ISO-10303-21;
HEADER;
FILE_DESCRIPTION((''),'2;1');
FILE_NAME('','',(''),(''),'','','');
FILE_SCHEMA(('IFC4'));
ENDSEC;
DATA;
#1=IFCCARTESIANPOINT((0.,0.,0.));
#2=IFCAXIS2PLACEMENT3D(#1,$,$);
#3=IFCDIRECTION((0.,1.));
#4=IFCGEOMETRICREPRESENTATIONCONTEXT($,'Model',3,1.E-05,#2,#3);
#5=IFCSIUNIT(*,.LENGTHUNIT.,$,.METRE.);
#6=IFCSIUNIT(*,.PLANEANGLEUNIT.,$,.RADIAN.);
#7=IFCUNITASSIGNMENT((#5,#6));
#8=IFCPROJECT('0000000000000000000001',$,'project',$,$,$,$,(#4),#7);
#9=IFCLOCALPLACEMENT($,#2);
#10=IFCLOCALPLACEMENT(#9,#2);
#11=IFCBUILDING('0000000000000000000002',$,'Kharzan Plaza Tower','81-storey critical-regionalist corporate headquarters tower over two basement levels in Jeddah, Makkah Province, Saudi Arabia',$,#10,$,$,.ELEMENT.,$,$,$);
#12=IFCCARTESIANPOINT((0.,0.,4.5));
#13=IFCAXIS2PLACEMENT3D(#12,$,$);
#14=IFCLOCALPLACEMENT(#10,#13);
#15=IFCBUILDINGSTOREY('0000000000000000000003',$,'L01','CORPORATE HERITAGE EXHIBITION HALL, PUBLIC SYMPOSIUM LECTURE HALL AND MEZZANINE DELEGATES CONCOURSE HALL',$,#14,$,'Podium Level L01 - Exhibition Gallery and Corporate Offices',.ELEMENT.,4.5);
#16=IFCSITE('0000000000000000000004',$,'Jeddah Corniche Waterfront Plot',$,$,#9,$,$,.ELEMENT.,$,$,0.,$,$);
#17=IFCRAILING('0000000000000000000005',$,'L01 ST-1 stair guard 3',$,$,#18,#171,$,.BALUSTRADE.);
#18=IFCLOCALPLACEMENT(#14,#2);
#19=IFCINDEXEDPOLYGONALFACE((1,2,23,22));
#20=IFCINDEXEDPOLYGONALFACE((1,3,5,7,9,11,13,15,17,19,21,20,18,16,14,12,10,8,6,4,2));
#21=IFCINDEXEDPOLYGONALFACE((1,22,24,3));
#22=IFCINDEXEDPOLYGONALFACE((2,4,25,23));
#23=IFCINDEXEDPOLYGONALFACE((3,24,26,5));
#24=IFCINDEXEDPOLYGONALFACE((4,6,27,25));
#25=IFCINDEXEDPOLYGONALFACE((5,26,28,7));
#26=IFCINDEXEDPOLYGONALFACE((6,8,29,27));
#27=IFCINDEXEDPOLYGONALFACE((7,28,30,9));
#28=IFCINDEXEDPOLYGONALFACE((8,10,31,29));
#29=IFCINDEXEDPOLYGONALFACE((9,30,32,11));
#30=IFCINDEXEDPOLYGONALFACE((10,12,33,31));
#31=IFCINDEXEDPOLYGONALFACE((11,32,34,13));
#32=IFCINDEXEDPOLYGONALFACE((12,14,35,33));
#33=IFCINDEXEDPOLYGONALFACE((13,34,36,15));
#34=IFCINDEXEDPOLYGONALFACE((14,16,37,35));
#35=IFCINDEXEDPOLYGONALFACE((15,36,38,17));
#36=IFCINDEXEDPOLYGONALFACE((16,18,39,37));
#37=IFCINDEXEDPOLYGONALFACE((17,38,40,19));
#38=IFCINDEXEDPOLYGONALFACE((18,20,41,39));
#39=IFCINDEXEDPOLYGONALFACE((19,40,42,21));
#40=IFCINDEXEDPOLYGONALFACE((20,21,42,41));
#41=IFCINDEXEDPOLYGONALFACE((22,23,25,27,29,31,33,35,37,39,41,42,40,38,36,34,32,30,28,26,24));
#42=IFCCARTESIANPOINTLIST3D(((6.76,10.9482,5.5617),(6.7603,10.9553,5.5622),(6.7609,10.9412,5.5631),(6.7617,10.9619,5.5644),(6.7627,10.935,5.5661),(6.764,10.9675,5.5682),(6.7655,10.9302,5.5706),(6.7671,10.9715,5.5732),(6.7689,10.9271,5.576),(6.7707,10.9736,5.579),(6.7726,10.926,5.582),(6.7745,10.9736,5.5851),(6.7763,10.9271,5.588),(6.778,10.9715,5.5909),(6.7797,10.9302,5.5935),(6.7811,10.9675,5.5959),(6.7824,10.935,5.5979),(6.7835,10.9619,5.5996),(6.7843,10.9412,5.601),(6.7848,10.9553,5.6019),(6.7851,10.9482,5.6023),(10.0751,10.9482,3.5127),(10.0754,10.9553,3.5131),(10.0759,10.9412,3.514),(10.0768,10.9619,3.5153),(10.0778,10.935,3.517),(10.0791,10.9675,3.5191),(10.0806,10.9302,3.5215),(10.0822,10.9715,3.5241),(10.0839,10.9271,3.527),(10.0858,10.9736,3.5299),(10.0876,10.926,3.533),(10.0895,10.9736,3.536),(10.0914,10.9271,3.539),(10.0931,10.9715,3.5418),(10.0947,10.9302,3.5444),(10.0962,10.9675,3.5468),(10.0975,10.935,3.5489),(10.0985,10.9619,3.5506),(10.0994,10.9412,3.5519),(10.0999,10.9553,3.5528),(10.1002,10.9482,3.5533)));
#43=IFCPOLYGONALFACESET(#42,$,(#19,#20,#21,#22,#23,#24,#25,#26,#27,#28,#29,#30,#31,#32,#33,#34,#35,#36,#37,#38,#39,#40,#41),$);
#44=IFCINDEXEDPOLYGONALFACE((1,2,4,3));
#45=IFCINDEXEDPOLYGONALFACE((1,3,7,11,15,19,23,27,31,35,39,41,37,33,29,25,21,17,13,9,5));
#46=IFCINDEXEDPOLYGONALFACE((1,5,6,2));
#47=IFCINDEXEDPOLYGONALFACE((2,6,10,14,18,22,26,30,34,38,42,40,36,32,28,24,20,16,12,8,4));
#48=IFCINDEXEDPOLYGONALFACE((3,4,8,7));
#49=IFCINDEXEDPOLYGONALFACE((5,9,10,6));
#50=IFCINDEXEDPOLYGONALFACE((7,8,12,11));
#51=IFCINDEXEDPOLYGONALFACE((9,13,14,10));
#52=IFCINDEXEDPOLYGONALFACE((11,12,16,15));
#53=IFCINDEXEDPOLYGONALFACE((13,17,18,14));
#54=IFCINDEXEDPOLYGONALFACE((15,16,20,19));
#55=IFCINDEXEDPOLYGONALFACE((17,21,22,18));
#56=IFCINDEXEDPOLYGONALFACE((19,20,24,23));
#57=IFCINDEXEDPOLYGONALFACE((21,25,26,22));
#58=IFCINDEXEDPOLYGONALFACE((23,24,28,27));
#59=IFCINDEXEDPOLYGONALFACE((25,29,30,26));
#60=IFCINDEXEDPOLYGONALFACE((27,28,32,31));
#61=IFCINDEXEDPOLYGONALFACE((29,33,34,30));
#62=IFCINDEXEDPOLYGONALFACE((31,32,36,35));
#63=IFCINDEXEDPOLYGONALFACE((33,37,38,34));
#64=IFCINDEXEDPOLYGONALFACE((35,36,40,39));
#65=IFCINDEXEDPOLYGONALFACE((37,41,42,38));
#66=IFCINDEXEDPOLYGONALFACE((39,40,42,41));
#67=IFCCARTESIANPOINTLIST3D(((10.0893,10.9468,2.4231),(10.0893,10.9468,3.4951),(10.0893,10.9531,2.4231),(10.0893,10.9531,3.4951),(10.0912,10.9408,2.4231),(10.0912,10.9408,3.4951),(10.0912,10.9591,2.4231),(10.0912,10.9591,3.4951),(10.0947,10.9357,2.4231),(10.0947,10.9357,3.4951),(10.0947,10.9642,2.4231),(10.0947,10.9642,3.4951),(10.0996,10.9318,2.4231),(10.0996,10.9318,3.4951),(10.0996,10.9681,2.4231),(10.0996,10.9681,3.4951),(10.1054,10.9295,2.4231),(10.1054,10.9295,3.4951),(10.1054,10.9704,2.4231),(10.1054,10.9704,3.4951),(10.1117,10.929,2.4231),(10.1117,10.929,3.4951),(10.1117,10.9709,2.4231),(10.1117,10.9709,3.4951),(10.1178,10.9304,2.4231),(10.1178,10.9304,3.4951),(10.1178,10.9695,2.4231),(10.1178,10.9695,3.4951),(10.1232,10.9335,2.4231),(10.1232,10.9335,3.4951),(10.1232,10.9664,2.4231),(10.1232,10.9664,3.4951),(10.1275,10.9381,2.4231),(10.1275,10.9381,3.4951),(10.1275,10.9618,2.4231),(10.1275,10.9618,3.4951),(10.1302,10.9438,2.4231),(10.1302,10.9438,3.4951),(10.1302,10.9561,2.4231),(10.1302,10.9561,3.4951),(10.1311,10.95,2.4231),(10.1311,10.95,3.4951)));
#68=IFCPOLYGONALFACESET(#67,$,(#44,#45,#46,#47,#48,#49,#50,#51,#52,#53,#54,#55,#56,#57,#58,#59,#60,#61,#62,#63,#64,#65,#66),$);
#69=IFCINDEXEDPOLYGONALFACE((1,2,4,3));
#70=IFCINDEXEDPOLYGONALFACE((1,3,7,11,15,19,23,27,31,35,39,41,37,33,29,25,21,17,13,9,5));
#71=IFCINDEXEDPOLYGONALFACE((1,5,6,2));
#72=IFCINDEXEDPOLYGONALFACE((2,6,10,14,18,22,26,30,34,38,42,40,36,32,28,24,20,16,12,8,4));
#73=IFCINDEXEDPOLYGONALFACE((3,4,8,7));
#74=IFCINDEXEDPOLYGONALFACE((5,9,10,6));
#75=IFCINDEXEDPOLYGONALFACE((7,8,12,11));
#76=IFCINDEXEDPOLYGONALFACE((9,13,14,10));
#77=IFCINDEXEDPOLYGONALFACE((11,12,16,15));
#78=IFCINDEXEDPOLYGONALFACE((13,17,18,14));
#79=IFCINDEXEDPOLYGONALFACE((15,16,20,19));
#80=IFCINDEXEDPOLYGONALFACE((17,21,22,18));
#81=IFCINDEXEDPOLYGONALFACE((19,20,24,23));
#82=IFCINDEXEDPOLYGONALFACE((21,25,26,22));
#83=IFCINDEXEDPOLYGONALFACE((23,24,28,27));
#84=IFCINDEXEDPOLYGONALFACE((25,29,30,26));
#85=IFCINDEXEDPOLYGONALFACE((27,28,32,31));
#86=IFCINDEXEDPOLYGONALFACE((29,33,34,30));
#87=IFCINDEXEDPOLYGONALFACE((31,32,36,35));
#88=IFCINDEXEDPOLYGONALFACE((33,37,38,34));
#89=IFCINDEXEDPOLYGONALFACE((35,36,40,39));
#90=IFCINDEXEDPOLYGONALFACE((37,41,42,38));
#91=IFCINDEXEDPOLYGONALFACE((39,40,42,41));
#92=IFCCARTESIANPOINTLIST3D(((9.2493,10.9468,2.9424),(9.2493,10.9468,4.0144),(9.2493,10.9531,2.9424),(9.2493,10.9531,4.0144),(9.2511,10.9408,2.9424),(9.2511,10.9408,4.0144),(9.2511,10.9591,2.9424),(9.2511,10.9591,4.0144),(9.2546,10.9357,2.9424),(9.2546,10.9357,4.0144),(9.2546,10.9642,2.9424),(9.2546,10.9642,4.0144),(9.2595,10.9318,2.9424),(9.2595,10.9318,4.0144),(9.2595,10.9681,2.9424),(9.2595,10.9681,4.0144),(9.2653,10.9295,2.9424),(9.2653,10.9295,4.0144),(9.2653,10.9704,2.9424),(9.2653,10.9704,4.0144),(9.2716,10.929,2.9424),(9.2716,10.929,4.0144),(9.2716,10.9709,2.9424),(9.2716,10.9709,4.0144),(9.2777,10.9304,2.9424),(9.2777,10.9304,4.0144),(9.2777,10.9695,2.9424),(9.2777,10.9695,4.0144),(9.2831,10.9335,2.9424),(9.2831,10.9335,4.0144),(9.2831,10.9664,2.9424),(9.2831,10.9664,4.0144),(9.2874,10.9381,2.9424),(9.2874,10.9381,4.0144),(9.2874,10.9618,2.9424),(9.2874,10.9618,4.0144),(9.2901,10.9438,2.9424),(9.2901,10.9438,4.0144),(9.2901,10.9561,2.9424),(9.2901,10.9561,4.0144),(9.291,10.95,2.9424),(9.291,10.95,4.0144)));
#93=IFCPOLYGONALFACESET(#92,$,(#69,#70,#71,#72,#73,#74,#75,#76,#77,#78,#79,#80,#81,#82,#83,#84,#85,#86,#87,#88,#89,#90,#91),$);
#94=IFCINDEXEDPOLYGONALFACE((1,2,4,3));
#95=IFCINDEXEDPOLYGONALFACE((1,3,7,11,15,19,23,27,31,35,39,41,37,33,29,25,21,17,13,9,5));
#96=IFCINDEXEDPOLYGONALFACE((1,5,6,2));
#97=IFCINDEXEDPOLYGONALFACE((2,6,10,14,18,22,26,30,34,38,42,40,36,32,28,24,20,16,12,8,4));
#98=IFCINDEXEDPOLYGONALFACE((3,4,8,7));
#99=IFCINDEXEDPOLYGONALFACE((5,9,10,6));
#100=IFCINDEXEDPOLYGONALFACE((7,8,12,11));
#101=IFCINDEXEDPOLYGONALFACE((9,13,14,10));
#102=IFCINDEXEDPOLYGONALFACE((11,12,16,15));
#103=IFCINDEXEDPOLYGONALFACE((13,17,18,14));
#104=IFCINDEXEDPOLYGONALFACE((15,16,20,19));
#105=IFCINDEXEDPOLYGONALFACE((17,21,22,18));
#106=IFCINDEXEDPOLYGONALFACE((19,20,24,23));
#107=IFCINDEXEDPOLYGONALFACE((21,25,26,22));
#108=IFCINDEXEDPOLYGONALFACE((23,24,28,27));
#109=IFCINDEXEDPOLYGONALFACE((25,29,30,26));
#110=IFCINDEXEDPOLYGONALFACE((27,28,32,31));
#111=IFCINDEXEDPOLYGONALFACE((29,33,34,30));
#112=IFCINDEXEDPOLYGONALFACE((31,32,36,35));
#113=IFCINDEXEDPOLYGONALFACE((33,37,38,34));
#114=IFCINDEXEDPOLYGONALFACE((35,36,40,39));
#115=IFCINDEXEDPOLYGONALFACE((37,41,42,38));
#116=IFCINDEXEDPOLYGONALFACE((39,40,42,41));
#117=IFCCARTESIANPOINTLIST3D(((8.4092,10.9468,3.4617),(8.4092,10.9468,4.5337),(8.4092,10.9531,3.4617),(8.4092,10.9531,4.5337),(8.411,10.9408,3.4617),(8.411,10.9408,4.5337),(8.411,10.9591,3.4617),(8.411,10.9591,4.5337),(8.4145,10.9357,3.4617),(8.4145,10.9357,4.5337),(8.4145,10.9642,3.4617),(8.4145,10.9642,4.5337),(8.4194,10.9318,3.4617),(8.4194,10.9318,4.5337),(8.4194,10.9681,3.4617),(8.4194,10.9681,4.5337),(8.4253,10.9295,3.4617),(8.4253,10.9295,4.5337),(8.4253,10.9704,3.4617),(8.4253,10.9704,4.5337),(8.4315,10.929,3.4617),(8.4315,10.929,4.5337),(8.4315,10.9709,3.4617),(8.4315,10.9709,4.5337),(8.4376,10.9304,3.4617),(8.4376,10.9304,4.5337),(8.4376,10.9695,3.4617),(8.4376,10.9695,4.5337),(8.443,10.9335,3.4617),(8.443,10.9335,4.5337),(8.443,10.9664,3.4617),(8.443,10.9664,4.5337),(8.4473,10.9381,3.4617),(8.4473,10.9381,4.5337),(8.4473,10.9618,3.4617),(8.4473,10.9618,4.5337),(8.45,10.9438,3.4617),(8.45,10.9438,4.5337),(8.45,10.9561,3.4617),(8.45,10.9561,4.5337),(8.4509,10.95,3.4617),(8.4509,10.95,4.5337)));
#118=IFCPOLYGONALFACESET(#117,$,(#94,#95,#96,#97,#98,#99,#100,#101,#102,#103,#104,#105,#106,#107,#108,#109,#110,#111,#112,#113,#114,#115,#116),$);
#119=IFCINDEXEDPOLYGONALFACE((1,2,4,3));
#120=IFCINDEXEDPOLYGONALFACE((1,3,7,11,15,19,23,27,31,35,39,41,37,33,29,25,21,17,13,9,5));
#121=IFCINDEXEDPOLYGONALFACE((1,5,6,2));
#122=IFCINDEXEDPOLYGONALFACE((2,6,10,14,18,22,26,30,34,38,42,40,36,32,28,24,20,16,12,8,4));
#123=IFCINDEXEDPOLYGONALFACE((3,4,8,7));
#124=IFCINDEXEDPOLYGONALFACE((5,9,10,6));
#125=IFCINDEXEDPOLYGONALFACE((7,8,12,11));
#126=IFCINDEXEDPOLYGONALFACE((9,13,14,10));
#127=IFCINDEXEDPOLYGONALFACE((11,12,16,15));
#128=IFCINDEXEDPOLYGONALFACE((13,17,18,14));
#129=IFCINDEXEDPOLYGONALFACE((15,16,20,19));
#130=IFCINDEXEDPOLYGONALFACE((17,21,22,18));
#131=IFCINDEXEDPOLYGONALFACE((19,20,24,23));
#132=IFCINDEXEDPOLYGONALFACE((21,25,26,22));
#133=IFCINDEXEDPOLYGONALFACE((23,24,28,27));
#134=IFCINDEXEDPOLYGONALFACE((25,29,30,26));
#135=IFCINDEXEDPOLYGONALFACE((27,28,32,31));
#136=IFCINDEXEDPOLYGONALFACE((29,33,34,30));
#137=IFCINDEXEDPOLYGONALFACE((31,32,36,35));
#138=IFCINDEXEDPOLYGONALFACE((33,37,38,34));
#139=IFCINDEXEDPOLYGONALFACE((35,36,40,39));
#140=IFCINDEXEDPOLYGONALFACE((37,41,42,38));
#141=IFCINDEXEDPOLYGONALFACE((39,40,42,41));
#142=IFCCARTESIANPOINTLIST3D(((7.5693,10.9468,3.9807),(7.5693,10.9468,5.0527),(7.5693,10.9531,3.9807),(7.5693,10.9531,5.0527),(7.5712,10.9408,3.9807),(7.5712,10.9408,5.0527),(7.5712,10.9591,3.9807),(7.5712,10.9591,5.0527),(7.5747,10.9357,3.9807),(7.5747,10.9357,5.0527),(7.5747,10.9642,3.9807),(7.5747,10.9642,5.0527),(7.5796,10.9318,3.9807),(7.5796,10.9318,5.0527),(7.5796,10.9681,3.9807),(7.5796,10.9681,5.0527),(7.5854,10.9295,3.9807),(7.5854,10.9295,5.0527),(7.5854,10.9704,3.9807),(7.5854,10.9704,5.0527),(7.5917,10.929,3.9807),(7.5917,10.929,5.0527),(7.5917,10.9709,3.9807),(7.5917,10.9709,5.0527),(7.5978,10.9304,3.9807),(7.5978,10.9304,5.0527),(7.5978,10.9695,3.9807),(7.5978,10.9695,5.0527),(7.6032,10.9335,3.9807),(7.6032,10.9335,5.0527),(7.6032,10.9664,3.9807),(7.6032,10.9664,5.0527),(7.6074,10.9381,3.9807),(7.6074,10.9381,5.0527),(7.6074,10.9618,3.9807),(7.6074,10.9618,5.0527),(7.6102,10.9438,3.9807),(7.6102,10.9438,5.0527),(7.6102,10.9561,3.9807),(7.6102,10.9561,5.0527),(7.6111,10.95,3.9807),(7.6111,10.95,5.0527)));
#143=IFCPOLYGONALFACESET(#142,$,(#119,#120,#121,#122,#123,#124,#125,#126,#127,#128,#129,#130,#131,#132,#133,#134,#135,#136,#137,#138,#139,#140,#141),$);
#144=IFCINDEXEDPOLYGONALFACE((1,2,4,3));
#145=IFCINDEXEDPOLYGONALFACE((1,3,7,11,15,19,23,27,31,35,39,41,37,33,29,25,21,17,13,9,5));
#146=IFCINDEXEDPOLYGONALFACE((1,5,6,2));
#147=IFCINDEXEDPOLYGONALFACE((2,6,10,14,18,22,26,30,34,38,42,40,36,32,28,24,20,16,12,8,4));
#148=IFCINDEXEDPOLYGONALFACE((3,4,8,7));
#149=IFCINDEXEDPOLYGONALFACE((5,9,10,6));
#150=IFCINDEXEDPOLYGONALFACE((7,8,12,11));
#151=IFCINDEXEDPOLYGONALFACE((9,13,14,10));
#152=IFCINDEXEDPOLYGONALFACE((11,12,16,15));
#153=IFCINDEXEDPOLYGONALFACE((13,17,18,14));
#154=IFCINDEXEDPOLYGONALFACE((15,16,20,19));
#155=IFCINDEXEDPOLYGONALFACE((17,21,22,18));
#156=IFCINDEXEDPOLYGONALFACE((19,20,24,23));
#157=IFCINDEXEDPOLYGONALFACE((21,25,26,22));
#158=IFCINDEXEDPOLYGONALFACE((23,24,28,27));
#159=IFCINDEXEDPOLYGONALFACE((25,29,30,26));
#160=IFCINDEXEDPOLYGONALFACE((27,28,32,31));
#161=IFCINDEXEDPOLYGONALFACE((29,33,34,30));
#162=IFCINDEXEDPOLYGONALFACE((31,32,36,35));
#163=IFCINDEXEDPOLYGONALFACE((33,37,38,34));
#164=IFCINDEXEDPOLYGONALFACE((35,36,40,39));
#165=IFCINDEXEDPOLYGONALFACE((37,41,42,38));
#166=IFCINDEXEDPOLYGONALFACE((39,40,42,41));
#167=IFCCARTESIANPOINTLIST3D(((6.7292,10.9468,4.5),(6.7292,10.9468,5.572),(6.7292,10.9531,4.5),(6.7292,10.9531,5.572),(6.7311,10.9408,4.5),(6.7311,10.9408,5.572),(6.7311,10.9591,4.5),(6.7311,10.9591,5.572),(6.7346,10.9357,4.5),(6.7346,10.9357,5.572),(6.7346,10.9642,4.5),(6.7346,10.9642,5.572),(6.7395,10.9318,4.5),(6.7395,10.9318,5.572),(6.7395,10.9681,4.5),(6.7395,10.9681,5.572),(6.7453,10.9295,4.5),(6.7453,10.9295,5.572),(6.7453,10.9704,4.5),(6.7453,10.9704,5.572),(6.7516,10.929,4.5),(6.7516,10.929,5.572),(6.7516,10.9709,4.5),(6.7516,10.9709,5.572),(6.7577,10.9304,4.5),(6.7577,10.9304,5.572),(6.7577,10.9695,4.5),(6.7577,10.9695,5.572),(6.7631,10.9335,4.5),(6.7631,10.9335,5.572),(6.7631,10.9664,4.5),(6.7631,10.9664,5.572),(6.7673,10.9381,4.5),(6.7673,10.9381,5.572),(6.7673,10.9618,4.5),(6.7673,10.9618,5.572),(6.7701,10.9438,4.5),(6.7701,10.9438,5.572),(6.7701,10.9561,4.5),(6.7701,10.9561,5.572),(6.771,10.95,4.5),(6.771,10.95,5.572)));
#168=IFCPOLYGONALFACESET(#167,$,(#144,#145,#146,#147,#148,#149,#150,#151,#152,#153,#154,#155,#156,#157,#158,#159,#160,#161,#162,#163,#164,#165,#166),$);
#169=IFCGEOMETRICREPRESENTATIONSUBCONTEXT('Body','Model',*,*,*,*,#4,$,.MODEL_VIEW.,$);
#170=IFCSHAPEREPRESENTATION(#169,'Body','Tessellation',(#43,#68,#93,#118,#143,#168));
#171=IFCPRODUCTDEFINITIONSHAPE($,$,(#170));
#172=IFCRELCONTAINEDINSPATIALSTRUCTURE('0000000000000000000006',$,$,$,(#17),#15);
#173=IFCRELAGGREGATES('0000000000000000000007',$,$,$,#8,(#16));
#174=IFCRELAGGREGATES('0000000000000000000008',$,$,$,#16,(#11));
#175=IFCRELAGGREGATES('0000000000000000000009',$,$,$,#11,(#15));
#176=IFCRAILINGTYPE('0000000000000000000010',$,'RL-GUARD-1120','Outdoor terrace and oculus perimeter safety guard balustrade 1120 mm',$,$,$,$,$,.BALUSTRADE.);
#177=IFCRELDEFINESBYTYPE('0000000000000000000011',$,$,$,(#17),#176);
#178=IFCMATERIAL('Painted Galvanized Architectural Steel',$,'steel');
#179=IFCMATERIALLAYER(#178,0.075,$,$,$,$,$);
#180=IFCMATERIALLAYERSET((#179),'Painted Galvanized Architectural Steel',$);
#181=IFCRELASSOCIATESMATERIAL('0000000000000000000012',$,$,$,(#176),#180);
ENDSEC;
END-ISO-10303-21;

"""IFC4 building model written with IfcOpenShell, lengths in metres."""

from ifc_helpers import new_model, si_unit, direction, frame, origin, origin_2d, place, context, subcontext, project, spatial, circle, extrude, source, transform, mapped, material, layer, layer_set, type_object, element, save


model = new_model("IFC4")

# Units and contexts
model_context = context("Model", 3, precision=1e-05, world=origin(), true_north=direction((0.0, 1.0)))
body_context = subcontext(model_context, "Body", "Model", "MODEL_VIEW")
ifc_project = project(units=[si_unit("LENGTHUNIT", "METRE"), si_unit("PLANEANGLEUNIT", "RADIAN")], contexts=[model_context])

# Site, building, storey
site_placement = place(None, origin())
site = spatial("IfcSite", under=ifc_project, at=site_placement, Name="Jeddah Corniche Waterfront Plot", CompositionType="ELEMENT", RefElevation=0.0)
building_placement = place(site_placement, origin())
building = spatial("IfcBuilding", under=site, at=building_placement, Name="Kharzan Plaza Tower", Description="81-storey critical-regionalist corporate headquarters tower over two basement levels in Jeddah, Makkah Province, Saudi Arabia", CompositionType="ELEMENT")
storey_placement = place(building_placement, frame((0.0, 0.0, 4.5)))
storey = spatial("IfcBuildingStorey", under=building, at=storey_placement, Name="L01", Description="CORPORATE HERITAGE EXHIBITION HALL, PUBLIC SYMPOSIUM LECTURE HALL AND MEZZANINE DELEGATES CONCOURSE HALL", LongName="Podium Level L01 - Exhibition Gallery and Corporate Offices", CompositionType="ELEMENT", Elevation=4.5)

# Railing
ifc_material_1 = material(Name="Painted Galvanized Architectural Steel", Category="steel")
ifc_layer_1 = layer(ifc_material_1, 0.075)
ifc_layer_set_1 = layer_set([ifc_layer_1], Name="Painted Galvanized Architectural Steel")
railing_type_1 = type_object("IfcRailingType", Name="RL-GUARD-1120", Description="Outdoor terrace and oculus perimeter safety guard balustrade 1120 mm", PredefinedType="BALUSTRADE", material=ifc_layer_set_1)
shared_shape_1 = source(origin(), body_context, "Body", "SweptSolid", [
    extrude(circle(Radius=0.0239, at=origin_2d()), frame((-0.0225, 0.0, 1.1099), z_axis=(-0.850623, 0.0, 0.525776), x_axis=(0.0, -1.0, 0.0)), (0.0, 0.0, 1.0), 3.8972),
    extrude(circle(Radius=0.021, at=origin_2d()), origin(), (0.0, 0.0, 1.0), 1.072),
    extrude(circle(Radius=0.021, at=origin_2d()), frame((-0.8401, 0.0, 0.5193)), (0.0, 0.0, 1.0), 1.072),
    extrude(circle(Radius=0.021, at=origin_2d()), frame((-1.6802, 0.0, 1.0386)), (0.0, 0.0, 1.0), 1.072),
    extrude(circle(Radius=0.021, at=origin_2d()), frame((-2.52, 0.0, 1.5576)), (0.0, 0.0, 1.0), 1.072),
    extrude(circle(Radius=0.021, at=origin_2d()), frame((-3.3601, 0.0, 2.0769)), (0.0, 0.0, 1.0), 1.072),
])
railing_1_placement = place(storey_placement, frame((10.1101, 10.95, 2.4231)))
element("IfcRailing", 1, at=railing_1_placement, inside=storey, type_object=railing_type_1, Name="L01 ST-1 stair guard 3", PredefinedType="BALUSTRADE", context=body_context, shape_type="MappedRepresentation", body=[
    mapped(shared_shape_1, transform((0.0, 0.0, 0.0), x_axis=(1.0, 0.0, 0.0), y_axis=(0.0, 1.0, 0.0), z_axis=(0.0, 0.0, 1.0))),
])

save(model, "model.ifc")
